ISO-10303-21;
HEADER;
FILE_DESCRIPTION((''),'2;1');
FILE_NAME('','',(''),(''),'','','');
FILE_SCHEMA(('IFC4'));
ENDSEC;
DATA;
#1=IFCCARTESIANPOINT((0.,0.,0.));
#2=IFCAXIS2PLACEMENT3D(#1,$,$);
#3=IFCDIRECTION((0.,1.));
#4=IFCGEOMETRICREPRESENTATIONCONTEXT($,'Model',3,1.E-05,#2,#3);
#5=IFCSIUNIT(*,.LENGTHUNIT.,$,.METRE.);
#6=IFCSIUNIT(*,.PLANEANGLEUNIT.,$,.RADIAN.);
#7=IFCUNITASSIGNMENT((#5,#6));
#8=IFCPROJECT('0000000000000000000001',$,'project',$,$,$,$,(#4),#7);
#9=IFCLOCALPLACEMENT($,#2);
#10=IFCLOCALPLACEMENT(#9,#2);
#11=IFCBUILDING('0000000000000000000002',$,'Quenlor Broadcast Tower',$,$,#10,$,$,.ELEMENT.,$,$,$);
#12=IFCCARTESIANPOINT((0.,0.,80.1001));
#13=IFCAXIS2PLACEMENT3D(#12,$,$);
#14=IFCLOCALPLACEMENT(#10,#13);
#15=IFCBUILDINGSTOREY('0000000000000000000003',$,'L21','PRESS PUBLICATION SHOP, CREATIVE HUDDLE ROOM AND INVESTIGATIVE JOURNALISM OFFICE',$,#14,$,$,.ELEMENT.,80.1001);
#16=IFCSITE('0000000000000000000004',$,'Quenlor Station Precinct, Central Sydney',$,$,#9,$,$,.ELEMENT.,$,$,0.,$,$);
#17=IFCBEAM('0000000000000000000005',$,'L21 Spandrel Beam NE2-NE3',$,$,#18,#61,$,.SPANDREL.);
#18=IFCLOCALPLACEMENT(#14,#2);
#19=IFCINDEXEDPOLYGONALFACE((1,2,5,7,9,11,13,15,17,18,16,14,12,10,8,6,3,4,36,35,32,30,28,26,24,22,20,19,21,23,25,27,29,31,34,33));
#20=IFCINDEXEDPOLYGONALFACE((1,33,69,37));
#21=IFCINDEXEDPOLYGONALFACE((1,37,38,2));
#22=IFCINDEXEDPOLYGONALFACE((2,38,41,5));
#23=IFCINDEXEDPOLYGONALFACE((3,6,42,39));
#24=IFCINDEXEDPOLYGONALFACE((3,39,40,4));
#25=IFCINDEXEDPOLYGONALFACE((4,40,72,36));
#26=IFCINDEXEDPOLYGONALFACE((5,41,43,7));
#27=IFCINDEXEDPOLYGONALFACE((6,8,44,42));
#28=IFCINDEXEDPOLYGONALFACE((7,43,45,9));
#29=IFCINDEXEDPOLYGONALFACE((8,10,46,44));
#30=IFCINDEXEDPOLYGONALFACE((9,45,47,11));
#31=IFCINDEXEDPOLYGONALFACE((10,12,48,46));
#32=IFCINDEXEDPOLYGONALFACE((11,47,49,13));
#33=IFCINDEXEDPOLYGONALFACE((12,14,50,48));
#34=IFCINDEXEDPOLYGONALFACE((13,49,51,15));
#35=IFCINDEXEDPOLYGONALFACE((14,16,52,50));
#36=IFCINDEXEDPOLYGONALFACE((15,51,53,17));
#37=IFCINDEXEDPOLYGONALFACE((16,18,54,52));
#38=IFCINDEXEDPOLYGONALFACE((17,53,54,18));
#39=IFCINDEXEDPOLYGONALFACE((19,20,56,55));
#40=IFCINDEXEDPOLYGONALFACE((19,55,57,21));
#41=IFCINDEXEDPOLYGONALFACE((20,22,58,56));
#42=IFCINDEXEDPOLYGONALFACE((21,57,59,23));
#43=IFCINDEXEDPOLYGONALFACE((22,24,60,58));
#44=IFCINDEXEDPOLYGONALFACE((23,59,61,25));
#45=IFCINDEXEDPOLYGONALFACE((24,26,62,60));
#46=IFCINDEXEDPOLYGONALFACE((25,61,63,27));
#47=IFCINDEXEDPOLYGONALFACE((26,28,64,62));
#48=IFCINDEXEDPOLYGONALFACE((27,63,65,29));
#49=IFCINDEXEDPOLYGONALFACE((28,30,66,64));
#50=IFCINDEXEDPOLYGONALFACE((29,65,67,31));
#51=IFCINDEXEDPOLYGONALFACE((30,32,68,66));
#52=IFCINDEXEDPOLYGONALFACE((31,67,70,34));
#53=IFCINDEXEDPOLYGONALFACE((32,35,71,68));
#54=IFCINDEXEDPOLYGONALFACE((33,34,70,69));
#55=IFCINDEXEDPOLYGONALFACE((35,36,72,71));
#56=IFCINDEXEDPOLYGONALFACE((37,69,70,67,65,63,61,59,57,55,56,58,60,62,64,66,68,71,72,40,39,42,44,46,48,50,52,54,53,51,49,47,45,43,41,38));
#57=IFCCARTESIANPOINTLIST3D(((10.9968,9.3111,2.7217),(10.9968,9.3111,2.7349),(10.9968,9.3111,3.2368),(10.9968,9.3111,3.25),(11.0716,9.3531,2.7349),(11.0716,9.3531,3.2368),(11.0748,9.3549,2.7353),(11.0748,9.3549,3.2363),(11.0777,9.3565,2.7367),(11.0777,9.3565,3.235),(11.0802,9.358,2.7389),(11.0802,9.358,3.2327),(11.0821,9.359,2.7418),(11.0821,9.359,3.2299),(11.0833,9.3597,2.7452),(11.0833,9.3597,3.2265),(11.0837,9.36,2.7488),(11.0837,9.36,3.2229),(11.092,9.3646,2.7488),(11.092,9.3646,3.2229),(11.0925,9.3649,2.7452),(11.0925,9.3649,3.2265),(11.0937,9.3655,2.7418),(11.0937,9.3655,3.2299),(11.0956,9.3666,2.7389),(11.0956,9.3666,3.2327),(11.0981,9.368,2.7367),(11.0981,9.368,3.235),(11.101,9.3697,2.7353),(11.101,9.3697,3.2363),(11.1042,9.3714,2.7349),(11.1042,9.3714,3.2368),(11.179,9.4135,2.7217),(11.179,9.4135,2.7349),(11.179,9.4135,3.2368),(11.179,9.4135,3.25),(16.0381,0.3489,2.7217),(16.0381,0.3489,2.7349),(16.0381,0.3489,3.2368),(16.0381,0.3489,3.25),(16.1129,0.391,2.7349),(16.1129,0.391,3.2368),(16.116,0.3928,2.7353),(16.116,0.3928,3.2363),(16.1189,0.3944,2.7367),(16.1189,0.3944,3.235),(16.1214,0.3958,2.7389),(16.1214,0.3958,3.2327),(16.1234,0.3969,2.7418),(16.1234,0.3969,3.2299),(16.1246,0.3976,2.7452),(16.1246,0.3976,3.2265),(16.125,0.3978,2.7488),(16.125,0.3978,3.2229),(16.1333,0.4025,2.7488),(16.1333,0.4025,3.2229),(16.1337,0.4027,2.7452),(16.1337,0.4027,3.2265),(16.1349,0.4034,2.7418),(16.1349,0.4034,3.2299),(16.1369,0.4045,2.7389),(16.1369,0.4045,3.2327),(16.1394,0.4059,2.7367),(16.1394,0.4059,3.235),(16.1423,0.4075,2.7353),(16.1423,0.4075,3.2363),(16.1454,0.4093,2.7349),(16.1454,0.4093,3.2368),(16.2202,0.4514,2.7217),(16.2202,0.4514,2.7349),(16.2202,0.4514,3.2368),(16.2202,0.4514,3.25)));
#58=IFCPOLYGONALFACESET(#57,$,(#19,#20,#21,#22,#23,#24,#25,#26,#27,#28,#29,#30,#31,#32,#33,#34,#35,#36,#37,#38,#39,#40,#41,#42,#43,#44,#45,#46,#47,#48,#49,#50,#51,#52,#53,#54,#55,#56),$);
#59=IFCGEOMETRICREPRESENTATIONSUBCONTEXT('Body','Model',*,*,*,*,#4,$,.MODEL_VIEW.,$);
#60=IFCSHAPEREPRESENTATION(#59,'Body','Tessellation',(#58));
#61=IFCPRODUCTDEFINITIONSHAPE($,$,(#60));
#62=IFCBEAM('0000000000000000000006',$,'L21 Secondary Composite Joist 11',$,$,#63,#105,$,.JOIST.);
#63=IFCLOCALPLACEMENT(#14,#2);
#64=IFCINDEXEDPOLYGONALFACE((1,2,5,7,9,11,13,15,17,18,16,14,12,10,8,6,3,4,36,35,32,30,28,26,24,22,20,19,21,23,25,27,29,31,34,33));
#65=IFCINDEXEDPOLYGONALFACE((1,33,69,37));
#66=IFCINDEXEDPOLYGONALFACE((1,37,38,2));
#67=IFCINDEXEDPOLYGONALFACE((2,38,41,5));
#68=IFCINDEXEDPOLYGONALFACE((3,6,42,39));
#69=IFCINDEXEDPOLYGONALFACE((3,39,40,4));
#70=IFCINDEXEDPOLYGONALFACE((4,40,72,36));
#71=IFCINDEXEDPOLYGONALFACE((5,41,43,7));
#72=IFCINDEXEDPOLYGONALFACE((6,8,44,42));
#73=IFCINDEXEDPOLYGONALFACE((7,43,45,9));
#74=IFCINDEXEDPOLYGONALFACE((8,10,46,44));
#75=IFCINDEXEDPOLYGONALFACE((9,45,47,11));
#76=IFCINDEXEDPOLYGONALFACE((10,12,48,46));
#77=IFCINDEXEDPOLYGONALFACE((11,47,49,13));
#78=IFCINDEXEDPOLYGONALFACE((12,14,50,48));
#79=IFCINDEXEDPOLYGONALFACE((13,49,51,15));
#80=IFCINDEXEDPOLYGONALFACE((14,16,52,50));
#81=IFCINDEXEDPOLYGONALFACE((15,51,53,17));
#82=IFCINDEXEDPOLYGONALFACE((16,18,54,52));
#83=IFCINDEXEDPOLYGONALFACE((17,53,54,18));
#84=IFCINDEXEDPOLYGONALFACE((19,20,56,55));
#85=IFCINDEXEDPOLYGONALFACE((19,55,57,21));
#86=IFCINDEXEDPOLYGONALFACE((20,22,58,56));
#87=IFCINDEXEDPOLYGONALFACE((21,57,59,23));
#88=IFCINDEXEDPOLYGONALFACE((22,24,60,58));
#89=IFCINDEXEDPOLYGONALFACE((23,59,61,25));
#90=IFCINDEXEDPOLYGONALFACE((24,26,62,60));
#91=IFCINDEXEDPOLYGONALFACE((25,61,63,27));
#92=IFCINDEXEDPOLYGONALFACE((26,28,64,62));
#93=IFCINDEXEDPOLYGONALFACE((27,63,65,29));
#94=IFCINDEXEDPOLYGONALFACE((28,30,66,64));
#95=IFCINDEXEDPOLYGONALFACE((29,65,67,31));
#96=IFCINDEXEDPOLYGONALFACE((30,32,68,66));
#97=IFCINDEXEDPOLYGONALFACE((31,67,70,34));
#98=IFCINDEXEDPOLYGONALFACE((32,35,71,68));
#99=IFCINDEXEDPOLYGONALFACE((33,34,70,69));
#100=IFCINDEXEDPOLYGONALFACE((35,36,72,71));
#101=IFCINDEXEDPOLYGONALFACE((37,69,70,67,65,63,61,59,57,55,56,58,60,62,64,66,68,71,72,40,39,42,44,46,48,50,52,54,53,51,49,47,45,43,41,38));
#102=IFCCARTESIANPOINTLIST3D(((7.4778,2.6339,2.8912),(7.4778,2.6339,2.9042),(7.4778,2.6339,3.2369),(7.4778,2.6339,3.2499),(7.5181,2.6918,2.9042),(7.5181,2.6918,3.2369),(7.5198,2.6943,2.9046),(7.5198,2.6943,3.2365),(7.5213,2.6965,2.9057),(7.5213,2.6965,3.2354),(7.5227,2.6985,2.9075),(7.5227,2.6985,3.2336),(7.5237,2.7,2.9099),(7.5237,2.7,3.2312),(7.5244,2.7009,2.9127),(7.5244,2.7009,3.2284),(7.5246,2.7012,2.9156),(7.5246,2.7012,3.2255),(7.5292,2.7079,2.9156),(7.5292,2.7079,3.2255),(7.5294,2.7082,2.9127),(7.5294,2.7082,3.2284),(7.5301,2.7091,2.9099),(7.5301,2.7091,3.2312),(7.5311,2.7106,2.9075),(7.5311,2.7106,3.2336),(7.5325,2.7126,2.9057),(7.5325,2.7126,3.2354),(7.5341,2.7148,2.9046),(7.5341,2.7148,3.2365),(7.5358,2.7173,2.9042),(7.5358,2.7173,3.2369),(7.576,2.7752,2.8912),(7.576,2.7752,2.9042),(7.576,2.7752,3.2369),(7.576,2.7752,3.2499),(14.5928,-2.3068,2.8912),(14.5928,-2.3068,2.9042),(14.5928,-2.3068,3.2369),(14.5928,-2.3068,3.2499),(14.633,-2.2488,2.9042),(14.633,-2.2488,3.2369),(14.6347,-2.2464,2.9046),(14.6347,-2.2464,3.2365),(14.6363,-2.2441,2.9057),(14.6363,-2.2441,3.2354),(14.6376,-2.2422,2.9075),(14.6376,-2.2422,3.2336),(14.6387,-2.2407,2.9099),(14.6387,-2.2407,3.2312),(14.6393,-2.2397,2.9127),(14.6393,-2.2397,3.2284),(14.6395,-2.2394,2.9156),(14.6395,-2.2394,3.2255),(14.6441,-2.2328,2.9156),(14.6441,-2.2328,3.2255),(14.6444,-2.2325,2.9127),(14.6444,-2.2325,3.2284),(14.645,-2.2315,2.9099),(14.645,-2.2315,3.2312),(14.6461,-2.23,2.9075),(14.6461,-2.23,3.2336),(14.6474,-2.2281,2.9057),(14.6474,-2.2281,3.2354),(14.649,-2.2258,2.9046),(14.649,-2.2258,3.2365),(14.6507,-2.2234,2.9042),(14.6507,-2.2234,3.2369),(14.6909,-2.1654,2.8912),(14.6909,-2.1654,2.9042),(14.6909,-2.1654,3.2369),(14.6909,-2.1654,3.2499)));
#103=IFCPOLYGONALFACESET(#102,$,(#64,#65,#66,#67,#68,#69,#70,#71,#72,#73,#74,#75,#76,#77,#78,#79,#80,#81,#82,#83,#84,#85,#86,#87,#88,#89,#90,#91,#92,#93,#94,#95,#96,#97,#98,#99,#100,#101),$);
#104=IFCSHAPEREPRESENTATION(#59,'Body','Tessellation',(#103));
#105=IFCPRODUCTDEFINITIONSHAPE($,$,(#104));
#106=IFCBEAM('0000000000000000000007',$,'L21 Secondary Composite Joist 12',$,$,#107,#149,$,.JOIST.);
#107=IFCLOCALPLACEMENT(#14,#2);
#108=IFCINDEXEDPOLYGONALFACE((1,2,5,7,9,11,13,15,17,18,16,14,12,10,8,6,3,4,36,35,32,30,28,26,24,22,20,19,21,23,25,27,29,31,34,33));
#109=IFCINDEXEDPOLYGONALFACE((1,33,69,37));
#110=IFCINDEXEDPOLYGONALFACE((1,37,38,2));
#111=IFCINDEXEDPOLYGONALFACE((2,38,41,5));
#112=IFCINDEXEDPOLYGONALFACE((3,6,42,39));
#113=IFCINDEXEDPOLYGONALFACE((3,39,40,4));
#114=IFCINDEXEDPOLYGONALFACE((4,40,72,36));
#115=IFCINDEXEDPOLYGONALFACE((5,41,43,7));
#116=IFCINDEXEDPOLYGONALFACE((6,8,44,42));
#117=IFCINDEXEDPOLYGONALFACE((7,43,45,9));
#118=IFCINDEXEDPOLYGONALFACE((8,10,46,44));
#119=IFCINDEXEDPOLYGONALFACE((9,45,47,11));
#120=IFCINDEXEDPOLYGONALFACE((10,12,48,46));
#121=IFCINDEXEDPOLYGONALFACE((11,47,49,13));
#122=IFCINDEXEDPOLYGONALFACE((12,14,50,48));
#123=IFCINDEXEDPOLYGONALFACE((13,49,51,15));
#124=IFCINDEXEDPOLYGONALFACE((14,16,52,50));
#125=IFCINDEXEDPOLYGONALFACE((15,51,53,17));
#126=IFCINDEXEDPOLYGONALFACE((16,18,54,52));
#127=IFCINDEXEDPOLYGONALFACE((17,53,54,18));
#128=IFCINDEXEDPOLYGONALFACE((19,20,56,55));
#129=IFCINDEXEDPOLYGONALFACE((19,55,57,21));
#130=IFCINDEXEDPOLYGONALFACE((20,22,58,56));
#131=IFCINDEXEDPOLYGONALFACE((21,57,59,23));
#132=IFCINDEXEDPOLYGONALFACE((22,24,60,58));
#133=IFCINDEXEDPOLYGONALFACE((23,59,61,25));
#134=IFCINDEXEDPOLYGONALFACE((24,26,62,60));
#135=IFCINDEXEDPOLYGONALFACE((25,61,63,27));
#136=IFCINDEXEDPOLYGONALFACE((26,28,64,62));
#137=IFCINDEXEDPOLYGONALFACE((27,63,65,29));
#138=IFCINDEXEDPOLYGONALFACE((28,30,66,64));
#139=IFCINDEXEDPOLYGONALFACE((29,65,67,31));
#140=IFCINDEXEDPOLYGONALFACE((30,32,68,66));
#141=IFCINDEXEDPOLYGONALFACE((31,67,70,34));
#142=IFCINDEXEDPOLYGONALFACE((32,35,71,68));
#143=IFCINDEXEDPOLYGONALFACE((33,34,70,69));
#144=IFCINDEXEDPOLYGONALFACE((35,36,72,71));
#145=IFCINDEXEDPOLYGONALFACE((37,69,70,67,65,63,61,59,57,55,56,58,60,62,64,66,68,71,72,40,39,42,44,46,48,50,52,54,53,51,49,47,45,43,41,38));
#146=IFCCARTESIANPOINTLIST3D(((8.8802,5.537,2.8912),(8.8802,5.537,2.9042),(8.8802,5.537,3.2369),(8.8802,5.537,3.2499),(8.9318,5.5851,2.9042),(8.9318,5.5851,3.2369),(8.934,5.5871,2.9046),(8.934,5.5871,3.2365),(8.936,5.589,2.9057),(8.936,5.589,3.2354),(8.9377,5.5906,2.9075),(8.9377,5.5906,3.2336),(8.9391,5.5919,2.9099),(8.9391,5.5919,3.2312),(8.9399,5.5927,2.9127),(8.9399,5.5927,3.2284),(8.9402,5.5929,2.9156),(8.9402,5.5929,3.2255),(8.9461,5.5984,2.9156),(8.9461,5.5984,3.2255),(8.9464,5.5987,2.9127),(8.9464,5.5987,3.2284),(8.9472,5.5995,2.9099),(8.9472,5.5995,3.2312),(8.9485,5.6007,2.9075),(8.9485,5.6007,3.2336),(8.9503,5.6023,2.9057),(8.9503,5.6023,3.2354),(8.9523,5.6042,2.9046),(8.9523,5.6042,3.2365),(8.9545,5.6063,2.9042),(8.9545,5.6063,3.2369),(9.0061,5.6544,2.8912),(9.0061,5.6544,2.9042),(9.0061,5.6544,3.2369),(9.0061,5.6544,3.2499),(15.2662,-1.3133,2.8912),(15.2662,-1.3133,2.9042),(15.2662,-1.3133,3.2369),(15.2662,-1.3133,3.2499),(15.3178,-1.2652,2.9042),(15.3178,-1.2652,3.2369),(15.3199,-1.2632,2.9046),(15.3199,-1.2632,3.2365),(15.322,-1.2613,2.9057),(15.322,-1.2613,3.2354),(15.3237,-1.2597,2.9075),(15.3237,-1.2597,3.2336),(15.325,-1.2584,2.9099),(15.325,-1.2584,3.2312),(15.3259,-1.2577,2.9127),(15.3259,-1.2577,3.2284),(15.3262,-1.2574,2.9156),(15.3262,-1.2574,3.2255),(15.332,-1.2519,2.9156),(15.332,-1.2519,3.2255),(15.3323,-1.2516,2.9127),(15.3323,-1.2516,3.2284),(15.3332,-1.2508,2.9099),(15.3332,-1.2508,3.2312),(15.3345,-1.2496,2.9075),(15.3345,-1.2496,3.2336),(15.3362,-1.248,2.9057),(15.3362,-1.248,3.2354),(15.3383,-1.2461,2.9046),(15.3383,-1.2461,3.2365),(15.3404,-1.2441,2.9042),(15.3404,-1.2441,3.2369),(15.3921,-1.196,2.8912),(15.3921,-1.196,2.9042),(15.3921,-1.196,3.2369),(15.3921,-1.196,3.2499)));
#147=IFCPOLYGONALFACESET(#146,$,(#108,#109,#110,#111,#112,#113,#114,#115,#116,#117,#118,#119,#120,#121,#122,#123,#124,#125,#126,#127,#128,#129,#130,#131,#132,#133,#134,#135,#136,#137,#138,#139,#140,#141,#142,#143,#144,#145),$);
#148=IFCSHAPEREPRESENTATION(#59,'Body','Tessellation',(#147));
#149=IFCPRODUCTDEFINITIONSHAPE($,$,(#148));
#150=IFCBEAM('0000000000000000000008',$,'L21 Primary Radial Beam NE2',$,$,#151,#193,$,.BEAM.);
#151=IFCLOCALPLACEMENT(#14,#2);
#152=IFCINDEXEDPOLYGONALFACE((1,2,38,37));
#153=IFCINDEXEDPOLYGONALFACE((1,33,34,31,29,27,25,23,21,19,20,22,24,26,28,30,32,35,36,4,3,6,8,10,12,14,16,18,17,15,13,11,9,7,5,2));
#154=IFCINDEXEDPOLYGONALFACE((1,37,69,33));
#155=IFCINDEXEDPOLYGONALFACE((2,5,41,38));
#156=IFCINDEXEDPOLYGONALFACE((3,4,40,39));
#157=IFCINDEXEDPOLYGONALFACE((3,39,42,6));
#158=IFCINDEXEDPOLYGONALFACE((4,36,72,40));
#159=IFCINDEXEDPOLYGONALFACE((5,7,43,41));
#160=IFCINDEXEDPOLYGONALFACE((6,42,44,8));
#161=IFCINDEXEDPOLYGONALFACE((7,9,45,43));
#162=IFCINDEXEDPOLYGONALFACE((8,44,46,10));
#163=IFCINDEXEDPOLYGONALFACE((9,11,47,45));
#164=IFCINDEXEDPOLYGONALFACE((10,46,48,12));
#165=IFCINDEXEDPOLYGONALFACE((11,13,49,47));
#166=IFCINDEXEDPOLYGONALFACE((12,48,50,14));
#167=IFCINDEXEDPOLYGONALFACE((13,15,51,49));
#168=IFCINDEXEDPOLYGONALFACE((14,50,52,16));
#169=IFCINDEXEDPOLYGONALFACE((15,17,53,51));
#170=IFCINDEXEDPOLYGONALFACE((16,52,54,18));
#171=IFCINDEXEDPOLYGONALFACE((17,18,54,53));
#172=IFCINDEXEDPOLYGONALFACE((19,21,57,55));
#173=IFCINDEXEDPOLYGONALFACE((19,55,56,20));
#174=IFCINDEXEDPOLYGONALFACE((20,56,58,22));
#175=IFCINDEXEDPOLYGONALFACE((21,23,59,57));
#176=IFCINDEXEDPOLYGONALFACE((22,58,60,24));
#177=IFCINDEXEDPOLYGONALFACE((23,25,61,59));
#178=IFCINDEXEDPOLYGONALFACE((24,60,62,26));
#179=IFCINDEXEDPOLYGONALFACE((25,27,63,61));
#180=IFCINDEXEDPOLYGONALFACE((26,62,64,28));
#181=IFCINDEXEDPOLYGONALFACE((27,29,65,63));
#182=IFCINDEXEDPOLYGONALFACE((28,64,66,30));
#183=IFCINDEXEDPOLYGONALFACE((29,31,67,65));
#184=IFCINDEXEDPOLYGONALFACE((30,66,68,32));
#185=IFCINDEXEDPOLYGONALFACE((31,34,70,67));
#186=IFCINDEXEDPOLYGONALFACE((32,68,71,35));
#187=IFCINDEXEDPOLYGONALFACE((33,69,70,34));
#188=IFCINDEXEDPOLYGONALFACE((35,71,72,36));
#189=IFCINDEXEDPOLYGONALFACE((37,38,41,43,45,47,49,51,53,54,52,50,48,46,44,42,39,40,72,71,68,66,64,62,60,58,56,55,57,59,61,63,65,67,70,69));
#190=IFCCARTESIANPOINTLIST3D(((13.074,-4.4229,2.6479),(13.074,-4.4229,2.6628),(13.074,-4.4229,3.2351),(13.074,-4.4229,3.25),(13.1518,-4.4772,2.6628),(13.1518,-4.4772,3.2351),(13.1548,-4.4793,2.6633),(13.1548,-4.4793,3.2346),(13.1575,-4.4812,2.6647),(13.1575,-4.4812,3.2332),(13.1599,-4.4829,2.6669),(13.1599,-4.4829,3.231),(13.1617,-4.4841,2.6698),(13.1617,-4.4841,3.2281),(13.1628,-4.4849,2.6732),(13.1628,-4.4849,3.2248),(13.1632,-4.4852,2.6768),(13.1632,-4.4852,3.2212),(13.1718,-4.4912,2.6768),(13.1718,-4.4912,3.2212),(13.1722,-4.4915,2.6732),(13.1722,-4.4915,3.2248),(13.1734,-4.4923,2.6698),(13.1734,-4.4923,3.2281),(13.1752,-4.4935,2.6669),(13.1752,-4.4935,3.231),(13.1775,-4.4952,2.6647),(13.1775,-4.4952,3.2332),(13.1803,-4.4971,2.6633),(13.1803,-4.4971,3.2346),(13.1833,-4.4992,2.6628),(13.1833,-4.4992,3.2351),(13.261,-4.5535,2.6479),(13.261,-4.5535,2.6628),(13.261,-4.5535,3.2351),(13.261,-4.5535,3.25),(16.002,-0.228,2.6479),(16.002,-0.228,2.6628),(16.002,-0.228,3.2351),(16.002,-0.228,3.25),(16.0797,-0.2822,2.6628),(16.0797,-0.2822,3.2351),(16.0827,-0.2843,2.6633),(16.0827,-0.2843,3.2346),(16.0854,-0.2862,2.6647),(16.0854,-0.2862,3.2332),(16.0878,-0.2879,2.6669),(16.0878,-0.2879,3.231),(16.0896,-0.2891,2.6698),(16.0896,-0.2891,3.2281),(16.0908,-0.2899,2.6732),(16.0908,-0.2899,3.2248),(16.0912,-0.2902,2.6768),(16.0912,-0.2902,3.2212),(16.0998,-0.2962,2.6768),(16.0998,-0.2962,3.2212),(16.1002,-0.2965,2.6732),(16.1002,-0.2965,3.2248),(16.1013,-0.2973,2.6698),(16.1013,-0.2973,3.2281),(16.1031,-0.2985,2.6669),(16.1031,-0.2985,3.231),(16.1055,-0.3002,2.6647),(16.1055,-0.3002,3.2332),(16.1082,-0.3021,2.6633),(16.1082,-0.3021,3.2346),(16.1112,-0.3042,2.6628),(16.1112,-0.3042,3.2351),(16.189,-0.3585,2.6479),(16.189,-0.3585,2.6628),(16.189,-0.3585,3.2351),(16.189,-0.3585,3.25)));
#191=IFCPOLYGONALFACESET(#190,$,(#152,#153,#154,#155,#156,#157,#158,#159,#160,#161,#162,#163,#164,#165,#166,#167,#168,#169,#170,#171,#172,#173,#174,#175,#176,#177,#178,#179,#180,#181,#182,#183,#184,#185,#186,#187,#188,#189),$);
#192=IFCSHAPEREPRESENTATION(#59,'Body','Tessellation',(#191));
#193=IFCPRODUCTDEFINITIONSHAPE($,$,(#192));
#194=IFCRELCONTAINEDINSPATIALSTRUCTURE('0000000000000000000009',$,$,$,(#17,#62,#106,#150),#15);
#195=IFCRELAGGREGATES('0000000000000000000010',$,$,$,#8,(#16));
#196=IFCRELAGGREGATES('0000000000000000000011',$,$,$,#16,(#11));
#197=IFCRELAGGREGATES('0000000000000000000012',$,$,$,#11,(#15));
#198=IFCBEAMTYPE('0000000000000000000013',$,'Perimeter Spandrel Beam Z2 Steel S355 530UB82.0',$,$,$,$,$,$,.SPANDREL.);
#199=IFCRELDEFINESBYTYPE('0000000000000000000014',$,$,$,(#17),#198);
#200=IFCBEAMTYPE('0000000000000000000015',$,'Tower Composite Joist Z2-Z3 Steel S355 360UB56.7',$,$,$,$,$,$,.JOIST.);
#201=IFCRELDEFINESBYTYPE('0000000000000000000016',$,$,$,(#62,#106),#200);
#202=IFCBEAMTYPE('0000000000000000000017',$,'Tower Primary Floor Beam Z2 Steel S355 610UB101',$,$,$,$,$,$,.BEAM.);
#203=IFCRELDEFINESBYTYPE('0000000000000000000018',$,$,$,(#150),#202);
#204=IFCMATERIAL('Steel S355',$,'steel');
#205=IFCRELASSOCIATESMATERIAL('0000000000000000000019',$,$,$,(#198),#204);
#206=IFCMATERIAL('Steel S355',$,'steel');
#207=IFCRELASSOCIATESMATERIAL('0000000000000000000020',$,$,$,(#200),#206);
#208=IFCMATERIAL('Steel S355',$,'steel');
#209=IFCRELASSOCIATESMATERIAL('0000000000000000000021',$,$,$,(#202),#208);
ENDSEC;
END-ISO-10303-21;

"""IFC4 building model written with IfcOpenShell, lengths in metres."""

from ifc_helpers import new_model, si_unit, direction, frame, origin, origin_2d, place, context, subcontext, project, spatial, i_section, extrude, material, material_profile, profile_set, type_object, element, save


model = new_model("IFC4")

# Units and contexts
model_context = context("Model", 3, precision=1e-05, world=origin(), true_north=direction((0.0, 1.0)))
body_context = subcontext(model_context, "Body", "Model", "MODEL_VIEW")
ifc_project = project(units=[si_unit("LENGTHUNIT", "METRE"), si_unit("PLANEANGLEUNIT", "RADIAN")], contexts=[model_context])

# Site, building, storey
site_placement = place(None, origin())
site = spatial("IfcSite", under=ifc_project, at=site_placement, Name="Quenlor Station Precinct, Central Sydney", CompositionType="ELEMENT", RefElevation=0.0)
building_placement = place(site_placement, origin())
building = spatial("IfcBuilding", under=site, at=building_placement, Name="Quenlor Broadcast Tower", CompositionType="ELEMENT")
storey_placement = place(building_placement, frame((0.0, 0.0, 80.1001)))
storey = spatial("IfcBuildingStorey", under=building, at=storey_placement, Name="L21", Description="PRESS PUBLICATION SHOP, CREATIVE HUDDLE ROOM AND INVESTIGATIVE JOURNALISM OFFICE", CompositionType="ELEMENT", Elevation=80.1001)

# Beams
ifc_material_1 = material(Name="Steel S355", Category="steel")
ifc_material_profile_1 = material_profile(ifc_material_1, i_section(OverallWidth=0.209, OverallDepth=0.5283, WebThickness=0.0095, FlangeThickness=0.0132, FilletRadius=0.0139, at=origin_2d()))
ifc_profile_set_1 = profile_set([ifc_material_profile_1], Name="Steel S355 530UB82.0")
beam_type_1 = type_object("IfcBeamType", Name="Perimeter Spandrel Beam Z2 Steel S355 530UB82.0", PredefinedType="SPANDREL", material=ifc_profile_set_1)
beam_1_placement = place(storey_placement, frame((16.1292, 0.4001, 2.9858), z_axis=(-0.490265, 0.871574, 0.0), x_axis=(-0.871574, -0.490265, 0.0)))
element("IfcBeam", 1, at=beam_1_placement, inside=storey, type_object=beam_type_1, Name="L21 Spandrel Beam NE2-NE3", PredefinedType="SPANDREL", context=body_context, shape_type="SweptSolid", body=[
    extrude(i_section(OverallWidth=0.209, OverallDepth=0.5283, WebThickness=0.0095, FlangeThickness=0.0132, FilletRadius=0.0139, at=origin_2d()), origin(), (0.0, 0.0, 1.0), 10.2827),
])
ifc_material_2 = material(Name="Steel S355", Category="steel")
ifc_material_profile_2 = material_profile(ifc_material_2, i_section(OverallWidth=0.1721, OverallDepth=0.3586, WebThickness=0.0081, FlangeThickness=0.0129, FilletRadius=0.0115, at=origin_2d()))
ifc_profile_set_2 = profile_set([ifc_material_profile_2], Name="Steel S355 360UB56.7")
beam_type_2 = type_object("IfcBeamType", Name="Tower Composite Joist Z2-Z3 Steel S355 360UB56.7", PredefinedType="JOIST", material=ifc_profile_set_2)
beam_2_placement = place(storey_placement, frame((14.6418, -2.2361, 3.0706), z_axis=(-0.821386, 0.570373, 0.0), x_axis=(-0.570373, -0.821386, 0.0)))
element("IfcBeam", 2, at=beam_2_placement, inside=storey, type_object=beam_type_2, Name="L21 Secondary Composite Joist 11", PredefinedType="JOIST", context=body_context, shape_type="SweptSolid", body=[
    extrude(i_section(OverallWidth=0.1721, OverallDepth=0.3586, WebThickness=0.0081, FlangeThickness=0.0129, FilletRadius=0.0115, at=origin_2d()), origin(), (0.0, 0.0, 1.0), 8.6621),
])
beam_3_placement = place(storey_placement, frame((15.3291, -1.2546, 3.0706), z_axis=(-0.681881, 0.731463, 0.0), x_axis=(-0.731463, -0.681881, 0.0)))
element("IfcBeam", 3, at=beam_3_placement, inside=storey, type_object=beam_type_2, Name="L21 Secondary Composite Joist 12", PredefinedType="JOIST", context=body_context, shape_type="SweptSolid", body=[
    extrude(i_section(OverallWidth=0.1721, OverallDepth=0.3586, WebThickness=0.0081, FlangeThickness=0.0129, FilletRadius=0.0115, at=origin_2d()), origin(), (0.0, 0.0, 1.0), 9.3652),
])
ifc_material_3 = material(Name="Steel S355", Category="steel")
ifc_material_profile_3 = material_profile(ifc_material_3, i_section(OverallWidth=0.228, OverallDepth=0.6021, WebThickness=0.0105, FlangeThickness=0.0149, FilletRadius=0.0139, at=origin_2d()))
ifc_profile_set_3 = profile_set([ifc_material_profile_3], Name="Steel S355 610UB101")
beam_type_3 = type_object("IfcBeamType", Name="Tower Primary Floor Beam Z2 Steel S355 610UB101", PredefinedType="BEAM", material=ifc_profile_set_3)
beam_4_placement = place(storey_placement, frame((16.0955, -0.2932, 2.949), z_axis=(-0.572338, -0.820018, 0.0), x_axis=(0.820018, -0.572338, 0.0)))
element("IfcBeam", 4, at=beam_4_placement, inside=storey, type_object=beam_type_3, Name="L21 Primary Radial Beam NE2", PredefinedType="BEAM", context=body_context, shape_type="SweptSolid", body=[
    extrude(i_section(OverallWidth=0.228, OverallDepth=0.6021, WebThickness=0.0105, FlangeThickness=0.0149, FilletRadius=0.0139, at=origin_2d()), origin(), (0.0, 0.0, 1.0), 5.1157),
])

save(model, "model.ifc")
